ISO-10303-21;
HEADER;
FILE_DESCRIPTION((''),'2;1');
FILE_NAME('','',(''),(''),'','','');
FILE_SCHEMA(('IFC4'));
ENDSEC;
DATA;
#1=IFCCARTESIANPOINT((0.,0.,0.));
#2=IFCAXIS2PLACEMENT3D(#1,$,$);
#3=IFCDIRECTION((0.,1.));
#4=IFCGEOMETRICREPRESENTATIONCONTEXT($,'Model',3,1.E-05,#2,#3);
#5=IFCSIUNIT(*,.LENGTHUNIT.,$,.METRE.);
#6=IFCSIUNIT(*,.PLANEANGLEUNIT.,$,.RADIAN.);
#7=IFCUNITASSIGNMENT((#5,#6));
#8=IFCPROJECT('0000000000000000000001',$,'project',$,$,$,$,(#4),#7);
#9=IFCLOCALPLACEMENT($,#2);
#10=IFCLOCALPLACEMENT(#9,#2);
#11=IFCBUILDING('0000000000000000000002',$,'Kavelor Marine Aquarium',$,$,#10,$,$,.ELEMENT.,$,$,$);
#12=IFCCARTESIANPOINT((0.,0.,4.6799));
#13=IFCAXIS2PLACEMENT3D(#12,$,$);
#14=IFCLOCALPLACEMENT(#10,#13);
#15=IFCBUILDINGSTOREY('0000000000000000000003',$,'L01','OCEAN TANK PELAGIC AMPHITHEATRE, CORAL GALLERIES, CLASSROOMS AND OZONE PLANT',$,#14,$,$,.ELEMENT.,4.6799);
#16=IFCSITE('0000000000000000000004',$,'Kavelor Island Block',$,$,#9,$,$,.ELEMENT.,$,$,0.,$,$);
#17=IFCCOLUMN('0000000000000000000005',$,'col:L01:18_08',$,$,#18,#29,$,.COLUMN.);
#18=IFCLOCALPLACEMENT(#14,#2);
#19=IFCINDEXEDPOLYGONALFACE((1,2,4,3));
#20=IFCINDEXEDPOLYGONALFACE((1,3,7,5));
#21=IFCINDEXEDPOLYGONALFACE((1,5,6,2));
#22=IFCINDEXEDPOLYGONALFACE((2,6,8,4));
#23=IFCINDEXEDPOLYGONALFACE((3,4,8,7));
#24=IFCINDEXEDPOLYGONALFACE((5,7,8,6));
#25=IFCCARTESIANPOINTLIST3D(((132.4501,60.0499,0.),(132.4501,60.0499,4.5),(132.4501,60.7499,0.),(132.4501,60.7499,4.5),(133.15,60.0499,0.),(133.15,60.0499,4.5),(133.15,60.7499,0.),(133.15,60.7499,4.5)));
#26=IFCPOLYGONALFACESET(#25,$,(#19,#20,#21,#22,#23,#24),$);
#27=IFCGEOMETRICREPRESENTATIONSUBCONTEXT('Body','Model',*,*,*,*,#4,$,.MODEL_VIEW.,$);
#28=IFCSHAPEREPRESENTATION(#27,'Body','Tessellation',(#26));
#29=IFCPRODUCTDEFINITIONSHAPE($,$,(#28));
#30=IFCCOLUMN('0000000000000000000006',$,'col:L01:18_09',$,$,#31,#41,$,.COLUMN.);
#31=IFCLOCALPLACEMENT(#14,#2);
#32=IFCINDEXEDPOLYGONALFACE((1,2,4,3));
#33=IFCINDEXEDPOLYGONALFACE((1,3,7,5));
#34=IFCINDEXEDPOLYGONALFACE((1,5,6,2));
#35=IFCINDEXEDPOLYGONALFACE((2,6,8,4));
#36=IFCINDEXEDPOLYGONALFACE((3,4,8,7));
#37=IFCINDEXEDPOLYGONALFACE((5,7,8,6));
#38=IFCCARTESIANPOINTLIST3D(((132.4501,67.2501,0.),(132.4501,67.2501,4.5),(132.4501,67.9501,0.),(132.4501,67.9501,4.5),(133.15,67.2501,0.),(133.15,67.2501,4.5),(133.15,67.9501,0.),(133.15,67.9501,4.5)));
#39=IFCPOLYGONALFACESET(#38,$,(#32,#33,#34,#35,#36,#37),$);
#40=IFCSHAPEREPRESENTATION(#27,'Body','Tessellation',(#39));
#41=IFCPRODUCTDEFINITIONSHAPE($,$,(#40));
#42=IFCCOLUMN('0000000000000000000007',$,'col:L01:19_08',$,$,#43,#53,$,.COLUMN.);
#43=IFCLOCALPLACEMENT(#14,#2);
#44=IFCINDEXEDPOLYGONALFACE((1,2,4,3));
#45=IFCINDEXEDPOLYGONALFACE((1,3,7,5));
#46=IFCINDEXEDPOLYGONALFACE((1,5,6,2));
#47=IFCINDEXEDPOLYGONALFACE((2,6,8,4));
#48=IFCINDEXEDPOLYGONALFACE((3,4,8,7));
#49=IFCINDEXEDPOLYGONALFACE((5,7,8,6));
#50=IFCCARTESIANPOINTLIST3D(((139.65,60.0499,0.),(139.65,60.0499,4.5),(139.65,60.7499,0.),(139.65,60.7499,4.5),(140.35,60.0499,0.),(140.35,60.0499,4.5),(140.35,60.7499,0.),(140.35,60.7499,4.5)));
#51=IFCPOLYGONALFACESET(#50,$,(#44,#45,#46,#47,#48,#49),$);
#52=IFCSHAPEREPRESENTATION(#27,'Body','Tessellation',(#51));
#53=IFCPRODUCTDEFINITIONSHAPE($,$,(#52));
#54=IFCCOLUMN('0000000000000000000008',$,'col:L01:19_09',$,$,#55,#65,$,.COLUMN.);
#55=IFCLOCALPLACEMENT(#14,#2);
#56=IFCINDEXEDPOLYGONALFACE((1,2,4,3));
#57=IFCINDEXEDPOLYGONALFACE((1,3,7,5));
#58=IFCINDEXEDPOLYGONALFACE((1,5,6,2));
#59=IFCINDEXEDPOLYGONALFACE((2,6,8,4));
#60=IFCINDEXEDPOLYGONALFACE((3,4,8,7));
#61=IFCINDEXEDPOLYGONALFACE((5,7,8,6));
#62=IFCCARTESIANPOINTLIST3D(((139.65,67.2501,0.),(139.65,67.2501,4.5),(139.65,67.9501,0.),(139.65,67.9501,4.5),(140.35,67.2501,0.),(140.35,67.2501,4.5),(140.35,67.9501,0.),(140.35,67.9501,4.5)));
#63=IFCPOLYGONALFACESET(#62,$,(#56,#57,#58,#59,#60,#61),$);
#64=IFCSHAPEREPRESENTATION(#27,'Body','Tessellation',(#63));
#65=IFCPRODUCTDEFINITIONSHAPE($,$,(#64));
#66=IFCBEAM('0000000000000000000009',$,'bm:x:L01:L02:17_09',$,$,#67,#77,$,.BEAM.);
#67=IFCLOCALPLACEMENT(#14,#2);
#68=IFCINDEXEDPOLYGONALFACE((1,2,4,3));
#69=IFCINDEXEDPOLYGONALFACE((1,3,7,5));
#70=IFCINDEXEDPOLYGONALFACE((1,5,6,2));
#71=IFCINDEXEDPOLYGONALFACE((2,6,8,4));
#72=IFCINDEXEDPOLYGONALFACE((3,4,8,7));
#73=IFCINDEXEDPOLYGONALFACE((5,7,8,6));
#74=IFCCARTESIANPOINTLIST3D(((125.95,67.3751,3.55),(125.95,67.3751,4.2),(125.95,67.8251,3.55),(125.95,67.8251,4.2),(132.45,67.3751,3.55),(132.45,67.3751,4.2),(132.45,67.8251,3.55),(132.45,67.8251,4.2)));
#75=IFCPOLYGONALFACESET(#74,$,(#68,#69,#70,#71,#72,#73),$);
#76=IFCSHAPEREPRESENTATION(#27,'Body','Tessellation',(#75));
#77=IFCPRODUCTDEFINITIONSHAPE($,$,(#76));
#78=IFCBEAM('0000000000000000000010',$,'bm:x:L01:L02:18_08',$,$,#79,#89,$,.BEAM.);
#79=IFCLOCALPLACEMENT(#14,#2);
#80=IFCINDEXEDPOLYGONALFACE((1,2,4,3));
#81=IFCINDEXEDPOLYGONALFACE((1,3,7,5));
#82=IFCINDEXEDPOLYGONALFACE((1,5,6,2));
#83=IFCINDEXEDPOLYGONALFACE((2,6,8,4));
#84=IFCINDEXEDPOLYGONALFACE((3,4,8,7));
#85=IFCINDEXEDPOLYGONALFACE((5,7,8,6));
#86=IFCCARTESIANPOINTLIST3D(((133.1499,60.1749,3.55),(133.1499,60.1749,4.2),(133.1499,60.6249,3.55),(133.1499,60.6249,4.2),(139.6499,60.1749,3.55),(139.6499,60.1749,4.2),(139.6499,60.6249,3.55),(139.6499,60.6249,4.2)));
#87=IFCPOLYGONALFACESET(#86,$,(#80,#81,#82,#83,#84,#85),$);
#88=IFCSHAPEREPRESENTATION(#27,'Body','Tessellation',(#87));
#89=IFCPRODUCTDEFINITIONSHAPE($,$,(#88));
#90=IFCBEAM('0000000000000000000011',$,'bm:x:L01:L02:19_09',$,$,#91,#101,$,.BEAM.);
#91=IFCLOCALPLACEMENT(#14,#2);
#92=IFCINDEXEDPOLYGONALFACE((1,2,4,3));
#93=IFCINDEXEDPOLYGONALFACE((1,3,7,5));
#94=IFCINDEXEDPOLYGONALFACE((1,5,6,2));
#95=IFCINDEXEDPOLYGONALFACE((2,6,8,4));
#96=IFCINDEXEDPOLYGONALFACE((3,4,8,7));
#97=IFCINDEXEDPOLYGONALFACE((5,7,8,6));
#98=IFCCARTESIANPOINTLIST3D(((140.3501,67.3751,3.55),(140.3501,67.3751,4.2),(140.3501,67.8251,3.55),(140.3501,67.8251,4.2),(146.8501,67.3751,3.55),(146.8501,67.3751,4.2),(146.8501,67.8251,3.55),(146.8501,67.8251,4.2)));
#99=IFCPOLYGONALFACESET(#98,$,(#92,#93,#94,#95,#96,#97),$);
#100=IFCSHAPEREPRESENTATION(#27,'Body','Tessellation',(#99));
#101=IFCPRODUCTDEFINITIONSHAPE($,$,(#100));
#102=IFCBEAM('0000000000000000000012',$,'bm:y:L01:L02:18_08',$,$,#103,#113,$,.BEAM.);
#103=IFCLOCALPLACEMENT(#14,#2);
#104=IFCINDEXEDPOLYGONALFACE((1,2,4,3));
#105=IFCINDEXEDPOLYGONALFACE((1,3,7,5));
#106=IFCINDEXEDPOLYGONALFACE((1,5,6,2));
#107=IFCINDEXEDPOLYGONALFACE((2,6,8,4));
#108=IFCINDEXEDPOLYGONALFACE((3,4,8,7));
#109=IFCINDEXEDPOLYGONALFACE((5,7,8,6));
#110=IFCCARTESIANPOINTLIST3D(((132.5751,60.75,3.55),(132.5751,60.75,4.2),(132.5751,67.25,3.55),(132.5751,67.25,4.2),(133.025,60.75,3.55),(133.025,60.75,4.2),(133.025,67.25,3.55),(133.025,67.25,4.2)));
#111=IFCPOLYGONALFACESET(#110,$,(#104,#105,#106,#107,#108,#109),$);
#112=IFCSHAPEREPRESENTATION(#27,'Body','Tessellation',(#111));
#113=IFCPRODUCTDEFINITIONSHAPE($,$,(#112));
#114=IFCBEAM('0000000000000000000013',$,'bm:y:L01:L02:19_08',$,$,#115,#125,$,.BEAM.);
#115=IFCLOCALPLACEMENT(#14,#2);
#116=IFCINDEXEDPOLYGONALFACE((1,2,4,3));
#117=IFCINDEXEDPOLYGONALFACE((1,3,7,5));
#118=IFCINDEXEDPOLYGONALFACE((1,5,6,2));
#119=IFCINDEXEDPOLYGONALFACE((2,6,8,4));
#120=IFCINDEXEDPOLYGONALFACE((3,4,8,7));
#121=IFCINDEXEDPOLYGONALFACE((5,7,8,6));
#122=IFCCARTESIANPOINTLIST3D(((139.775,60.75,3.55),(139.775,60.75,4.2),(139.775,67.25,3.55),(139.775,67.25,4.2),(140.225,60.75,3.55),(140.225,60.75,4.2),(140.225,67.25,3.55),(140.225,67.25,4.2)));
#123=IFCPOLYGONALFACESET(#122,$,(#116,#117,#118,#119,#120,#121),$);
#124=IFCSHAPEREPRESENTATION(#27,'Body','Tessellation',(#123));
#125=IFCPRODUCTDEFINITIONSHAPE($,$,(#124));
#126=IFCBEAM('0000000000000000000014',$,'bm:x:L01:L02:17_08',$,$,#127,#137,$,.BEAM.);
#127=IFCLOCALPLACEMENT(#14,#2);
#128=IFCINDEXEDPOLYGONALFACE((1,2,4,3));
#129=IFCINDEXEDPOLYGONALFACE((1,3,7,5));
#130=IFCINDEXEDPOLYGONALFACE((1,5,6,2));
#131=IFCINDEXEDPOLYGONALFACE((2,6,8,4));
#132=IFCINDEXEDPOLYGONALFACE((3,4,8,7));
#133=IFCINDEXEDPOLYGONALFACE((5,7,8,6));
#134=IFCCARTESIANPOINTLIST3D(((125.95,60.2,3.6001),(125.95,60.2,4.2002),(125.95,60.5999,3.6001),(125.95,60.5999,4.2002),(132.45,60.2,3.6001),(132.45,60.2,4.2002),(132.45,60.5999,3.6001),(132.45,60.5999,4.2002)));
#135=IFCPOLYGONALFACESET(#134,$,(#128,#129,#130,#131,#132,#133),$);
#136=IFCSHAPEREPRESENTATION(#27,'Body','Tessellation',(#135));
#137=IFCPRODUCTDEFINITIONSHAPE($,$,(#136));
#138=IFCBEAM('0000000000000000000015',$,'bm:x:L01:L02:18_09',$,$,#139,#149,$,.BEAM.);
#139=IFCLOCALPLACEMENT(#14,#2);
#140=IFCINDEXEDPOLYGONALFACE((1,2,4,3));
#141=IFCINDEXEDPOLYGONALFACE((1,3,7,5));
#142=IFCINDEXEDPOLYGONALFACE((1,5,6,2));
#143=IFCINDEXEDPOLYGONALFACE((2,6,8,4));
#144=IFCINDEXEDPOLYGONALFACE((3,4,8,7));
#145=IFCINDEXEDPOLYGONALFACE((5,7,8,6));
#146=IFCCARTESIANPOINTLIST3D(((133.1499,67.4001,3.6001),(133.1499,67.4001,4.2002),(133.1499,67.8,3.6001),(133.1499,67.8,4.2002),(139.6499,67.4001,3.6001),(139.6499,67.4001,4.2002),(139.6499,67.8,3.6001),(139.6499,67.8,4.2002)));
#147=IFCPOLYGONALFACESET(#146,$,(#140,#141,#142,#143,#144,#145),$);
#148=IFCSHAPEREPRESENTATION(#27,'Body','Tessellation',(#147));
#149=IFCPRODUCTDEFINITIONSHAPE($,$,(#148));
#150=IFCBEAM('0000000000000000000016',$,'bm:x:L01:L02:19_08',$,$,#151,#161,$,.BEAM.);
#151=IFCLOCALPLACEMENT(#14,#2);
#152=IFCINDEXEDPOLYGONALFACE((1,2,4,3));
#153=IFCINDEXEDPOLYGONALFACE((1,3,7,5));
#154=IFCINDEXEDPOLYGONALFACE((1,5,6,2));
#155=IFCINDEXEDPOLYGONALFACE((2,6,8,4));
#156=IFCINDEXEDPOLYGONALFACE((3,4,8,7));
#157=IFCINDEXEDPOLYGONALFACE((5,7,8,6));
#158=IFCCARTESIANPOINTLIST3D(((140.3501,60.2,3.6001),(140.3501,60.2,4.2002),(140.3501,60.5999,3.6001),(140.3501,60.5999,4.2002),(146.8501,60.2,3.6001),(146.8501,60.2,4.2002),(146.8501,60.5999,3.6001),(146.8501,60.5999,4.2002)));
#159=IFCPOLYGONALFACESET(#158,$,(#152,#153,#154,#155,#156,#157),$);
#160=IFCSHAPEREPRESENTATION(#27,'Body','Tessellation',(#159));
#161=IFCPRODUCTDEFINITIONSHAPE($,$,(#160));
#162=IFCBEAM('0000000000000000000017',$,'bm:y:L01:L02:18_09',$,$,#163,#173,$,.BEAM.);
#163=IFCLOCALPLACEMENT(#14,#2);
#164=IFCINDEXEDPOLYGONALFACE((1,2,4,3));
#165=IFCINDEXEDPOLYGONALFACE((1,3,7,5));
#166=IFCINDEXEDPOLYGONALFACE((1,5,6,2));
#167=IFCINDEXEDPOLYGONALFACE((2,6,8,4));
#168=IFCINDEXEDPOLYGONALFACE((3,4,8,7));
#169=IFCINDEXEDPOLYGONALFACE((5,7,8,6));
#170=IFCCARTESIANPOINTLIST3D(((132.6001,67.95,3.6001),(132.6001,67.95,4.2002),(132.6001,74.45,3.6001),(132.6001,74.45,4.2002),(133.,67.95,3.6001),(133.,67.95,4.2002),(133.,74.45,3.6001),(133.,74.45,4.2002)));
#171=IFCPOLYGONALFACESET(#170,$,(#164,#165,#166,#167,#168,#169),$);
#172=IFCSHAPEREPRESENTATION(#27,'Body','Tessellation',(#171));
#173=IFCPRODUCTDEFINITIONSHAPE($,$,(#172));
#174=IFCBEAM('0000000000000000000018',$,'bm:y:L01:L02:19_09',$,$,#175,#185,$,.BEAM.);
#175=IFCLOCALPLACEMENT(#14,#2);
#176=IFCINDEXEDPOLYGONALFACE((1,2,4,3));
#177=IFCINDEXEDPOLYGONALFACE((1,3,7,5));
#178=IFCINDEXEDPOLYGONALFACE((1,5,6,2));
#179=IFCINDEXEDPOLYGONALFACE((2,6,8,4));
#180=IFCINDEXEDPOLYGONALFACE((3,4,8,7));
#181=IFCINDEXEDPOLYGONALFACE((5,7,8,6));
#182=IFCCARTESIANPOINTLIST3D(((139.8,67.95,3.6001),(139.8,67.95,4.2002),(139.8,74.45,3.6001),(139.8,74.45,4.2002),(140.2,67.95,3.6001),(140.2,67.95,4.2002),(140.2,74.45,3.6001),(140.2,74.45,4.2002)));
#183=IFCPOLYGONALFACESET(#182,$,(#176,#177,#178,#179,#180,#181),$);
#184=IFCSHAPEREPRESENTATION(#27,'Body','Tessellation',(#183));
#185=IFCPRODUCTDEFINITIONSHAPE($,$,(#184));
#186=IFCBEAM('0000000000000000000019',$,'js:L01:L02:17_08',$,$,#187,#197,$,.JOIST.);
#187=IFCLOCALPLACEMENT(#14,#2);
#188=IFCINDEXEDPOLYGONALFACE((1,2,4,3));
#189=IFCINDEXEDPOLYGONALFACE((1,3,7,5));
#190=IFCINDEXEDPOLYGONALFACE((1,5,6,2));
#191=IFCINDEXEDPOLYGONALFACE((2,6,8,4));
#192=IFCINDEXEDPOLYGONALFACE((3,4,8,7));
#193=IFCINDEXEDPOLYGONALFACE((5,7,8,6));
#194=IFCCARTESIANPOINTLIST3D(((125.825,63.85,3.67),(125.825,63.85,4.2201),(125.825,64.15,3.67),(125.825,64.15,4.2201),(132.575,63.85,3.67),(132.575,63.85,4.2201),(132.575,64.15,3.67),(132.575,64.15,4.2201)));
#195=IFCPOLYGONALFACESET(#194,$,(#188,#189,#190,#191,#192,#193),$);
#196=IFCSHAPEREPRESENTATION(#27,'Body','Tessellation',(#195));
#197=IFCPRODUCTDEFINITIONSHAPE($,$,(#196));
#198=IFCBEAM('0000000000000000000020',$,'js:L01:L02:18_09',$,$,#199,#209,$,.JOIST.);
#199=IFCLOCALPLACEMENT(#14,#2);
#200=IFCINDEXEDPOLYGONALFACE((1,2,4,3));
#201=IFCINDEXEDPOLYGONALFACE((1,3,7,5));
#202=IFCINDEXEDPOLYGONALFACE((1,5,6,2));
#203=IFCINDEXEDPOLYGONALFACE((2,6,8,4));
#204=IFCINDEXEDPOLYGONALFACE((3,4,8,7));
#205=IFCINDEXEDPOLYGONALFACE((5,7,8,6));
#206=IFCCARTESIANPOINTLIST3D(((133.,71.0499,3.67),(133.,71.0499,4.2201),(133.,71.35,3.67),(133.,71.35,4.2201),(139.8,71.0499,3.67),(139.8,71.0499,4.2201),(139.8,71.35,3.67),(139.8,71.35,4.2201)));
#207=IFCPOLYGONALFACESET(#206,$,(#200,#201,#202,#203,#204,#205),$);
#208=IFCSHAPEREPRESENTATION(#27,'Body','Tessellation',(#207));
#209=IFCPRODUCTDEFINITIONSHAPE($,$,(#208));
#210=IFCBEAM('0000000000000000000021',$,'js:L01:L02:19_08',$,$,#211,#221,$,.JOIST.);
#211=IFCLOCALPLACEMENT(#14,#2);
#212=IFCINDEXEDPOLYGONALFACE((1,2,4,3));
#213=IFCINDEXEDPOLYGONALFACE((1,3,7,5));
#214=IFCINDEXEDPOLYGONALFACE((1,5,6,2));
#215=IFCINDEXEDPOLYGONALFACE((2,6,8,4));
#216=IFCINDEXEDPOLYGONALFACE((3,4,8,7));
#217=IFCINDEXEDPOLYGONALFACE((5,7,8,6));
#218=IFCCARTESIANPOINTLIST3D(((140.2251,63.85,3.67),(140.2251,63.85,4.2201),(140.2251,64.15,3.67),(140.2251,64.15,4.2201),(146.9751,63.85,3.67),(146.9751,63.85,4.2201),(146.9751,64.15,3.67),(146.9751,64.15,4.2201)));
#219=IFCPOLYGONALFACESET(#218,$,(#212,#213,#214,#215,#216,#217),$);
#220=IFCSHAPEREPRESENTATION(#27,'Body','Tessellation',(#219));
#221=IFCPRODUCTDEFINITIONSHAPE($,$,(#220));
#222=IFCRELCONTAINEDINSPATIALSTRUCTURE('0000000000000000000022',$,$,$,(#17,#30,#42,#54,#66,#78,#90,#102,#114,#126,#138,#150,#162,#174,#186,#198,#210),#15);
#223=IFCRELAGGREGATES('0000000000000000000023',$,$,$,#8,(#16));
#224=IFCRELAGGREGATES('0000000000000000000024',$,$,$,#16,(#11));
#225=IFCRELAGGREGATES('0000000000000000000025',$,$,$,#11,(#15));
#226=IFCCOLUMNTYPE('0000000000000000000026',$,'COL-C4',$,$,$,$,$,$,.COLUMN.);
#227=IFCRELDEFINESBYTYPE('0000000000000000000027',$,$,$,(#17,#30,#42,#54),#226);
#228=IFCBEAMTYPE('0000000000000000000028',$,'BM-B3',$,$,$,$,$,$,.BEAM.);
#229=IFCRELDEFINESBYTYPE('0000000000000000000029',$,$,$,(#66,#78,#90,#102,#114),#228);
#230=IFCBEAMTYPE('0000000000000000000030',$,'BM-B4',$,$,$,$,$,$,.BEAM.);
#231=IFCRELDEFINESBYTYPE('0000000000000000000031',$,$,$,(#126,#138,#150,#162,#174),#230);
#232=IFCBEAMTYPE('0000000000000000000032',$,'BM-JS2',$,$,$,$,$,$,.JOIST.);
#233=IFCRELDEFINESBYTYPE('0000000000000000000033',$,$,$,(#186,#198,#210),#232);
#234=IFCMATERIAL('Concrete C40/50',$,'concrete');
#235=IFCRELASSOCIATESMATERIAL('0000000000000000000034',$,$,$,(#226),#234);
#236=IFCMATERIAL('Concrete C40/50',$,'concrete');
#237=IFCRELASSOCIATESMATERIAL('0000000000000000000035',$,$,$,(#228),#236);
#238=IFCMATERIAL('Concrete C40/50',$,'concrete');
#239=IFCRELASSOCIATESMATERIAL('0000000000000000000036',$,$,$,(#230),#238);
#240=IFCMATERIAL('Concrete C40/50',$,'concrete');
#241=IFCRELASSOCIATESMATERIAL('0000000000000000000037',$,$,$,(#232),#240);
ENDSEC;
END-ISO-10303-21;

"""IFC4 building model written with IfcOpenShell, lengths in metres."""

from ifc_helpers import new_model, si_unit, direction, frame, origin, origin_2d, place, context, subcontext, project, spatial, rectangle, extrude, material, material_profile, profile_set, type_object, element, save


model = new_model("IFC4")

# Units and contexts
model_context = context("Model", 3, precision=1e-05, world=origin(), true_north=direction((0.0, 1.0)))
body_context = subcontext(model_context, "Body", "Model", "MODEL_VIEW")
ifc_project = project(units=[si_unit("LENGTHUNIT", "METRE"), si_unit("PLANEANGLEUNIT", "RADIAN")], contexts=[model_context])

# Site, building, storey
site_placement = place(None, origin())
site = spatial("IfcSite", under=ifc_project, at=site_placement, Name="Kavelor Island Block", CompositionType="ELEMENT", RefElevation=0.0)
building_placement = place(site_placement, origin())
building = spatial("IfcBuilding", under=site, at=building_placement, Name="Kavelor Marine Aquarium", CompositionType="ELEMENT")
storey_placement = place(building_placement, frame((0.0, 0.0, 4.6799)))
storey = spatial("IfcBuildingStorey", under=building, at=storey_placement, Name="L01", Description="OCEAN TANK PELAGIC AMPHITHEATRE, CORAL GALLERIES, CLASSROOMS AND OZONE PLANT", CompositionType="ELEMENT", Elevation=4.6799)

# Columns
ifc_material_1 = material(Name="Concrete C40/50", Category="concrete")
ifc_material_profile_1 = material_profile(ifc_material_1, rectangle(XDim=0.7, YDim=0.7, at=origin_2d()), Name="RC-COL 700x700")
ifc_profile_set_1 = profile_set([ifc_material_profile_1], Name="Concrete C40/50")
column_type = type_object("IfcColumnType", Name="COL-C4", PredefinedType="COLUMN", material=ifc_profile_set_1)
for number, where, z_axis, x_axis, name in (
    (1, (132.8, 60.3999, 0.0), (0.0, 0.0, 1.0), (1.0, 0.0, 0.0), "col:L01:18_08"),
    (2, (132.8, 67.6001, 0.0), (0.0, 0.0, 1.0), (1.0, 0.0, 0.0), "col:L01:18_09"),
    (3, (140.0, 60.3999, 0.0), (0.0, 0.0, 1.0), (1.0, 0.0, 0.0), "col:L01:19_08"),
    (4, (140.0, 67.6001, 0.0), (0.0, 0.0, 1.0), (1.0, 0.0, 0.0), "col:L01:19_09"),
):
    element("IfcColumn", number, at=place(storey_placement, frame(where, z_axis=z_axis, x_axis=x_axis)), inside=storey, type_object=column_type, Name=name, PredefinedType="COLUMN", context=body_context, shape_type="SweptSolid", body=[
        extrude(rectangle(XDim=0.7, YDim=0.7, at=origin_2d()), origin(), (0.0, 0.0, 1.0), 4.5),
    ])

# Beams
ifc_material_2 = material(Name="Concrete C40/50", Category="concrete")
ifc_material_profile_2 = material_profile(ifc_material_2, rectangle(XDim=0.45, YDim=0.6499, at=origin_2d()), Name="RC-BM 450x650")
ifc_profile_set_2 = profile_set([ifc_material_profile_2], Name="Concrete C40/50")
beam_type_1 = type_object("IfcBeamType", Name="BM-B3", PredefinedType="BEAM", material=ifc_profile_set_2)
for number, where, z_axis, x_axis, name in (
    (5, (125.95, 67.6001, 3.875), (1.0, 0.0, 0.0), (0.0, 1.0, 0.0), "bm:x:L01:L02:17_09"),
    (6, (133.1499, 60.3999, 3.875), (1.0, 0.0, 0.0), (0.0, 1.0, 0.0), "bm:x:L01:L02:18_08"),
    (7, (140.3501, 67.6001, 3.875), (1.0, 0.0, 0.0), (0.0, 1.0, 0.0), "bm:x:L01:L02:19_09"),
    (8, (132.8, 60.75, 3.875), (0.0, 1.0, 0.0), (-1.0, 0.0, 0.0), "bm:y:L01:L02:18_08"),
    (9, (140.0, 60.75, 3.875), (0.0, 1.0, 0.0), (-1.0, 0.0, 0.0), "bm:y:L01:L02:19_08"),
):
    element("IfcBeam", number, at=place(storey_placement, frame(where, z_axis=z_axis, x_axis=x_axis)), inside=storey, type_object=beam_type_1, Name=name, PredefinedType="BEAM", context=body_context, shape_type="SweptSolid", body=[
        extrude(rectangle(XDim=0.45, YDim=0.6499, at=origin_2d()), origin(), (0.0, 0.0, 1.0), 6.5),
    ])
ifc_material_3 = material(Name="Concrete C40/50", Category="concrete")
ifc_material_profile_3 = material_profile(ifc_material_3, rectangle(XDim=0.3999, YDim=0.6001, at=origin_2d()), Name="RC-BM 400x600")
ifc_profile_set_3 = profile_set([ifc_material_profile_3], Name="Concrete C40/50")
beam_type_2 = type_object("IfcBeamType", Name="BM-B4", PredefinedType="BEAM", material=ifc_profile_set_3)
for number, where, z_axis, x_axis, name in (
    (10, (125.95, 60.3999, 3.9001), (1.0, 0.0, 0.0), (0.0, 1.0, 0.0), "bm:x:L01:L02:17_08"),
    (11, (133.1499, 67.6001, 3.9001), (1.0, 0.0, 0.0), (0.0, 1.0, 0.0), "bm:x:L01:L02:18_09"),
    (12, (140.3501, 60.3999, 3.9001), (1.0, 0.0, 0.0), (0.0, 1.0, 0.0), "bm:x:L01:L02:19_08"),
    (13, (132.8, 67.95, 3.9001), (0.0, 1.0, 0.0), (-1.0, 0.0, 0.0), "bm:y:L01:L02:18_09"),
    (14, (140.0, 67.95, 3.9001), (0.0, 1.0, 0.0), (-1.0, 0.0, 0.0), "bm:y:L01:L02:19_09"),
):
    element("IfcBeam", number, at=place(storey_placement, frame(where, z_axis=z_axis, x_axis=x_axis)), inside=storey, type_object=beam_type_2, Name=name, PredefinedType="BEAM", context=body_context, shape_type="SweptSolid", body=[
        extrude(rectangle(XDim=0.3999, YDim=0.6001, at=origin_2d()), origin(), (0.0, 0.0, 1.0), 6.5),
    ])
ifc_material_4 = material(Name="Concrete C40/50", Category="concrete")
ifc_material_profile_4 = material_profile(ifc_material_4, rectangle(XDim=0.3, YDim=0.55, at=origin_2d()), Name="RC-JS 300x550")
ifc_profile_set_4 = profile_set([ifc_material_profile_4], Name="Concrete C40/50")
beam_type_3 = type_object("IfcBeamType", Name="BM-JS2", PredefinedType="JOIST", material=ifc_profile_set_4)
beam_1_placement = place(storey_placement, frame((125.825, 64.0, 3.9451), z_axis=(1.0, 0.0, 0.0), x_axis=(0.0, 1.0, 0.0)))
element("IfcBeam", 15, at=beam_1_placement, inside=storey, type_object=beam_type_3, Name="js:L01:L02:17_08", PredefinedType="JOIST", context=body_context, shape_type="SweptSolid", body=[
    extrude(rectangle(XDim=0.3, YDim=0.55, at=origin_2d()), origin(), (0.0, 0.0, 1.0), 6.75),
])
beam_2_placement = place(storey_placement, frame((133.0, 71.2, 3.9451), z_axis=(1.0, 0.0, 0.0), x_axis=(0.0, 1.0, 0.0)))
element("IfcBeam", 16, at=beam_2_placement, inside=storey, type_object=beam_type_3, Name="js:L01:L02:18_09", PredefinedType="JOIST", context=body_context, shape_type="SweptSolid", body=[
    extrude(rectangle(XDim=0.3, YDim=0.55, at=origin_2d()), origin(), (0.0, 0.0, 1.0), 6.8),
])
beam_3_placement = place(storey_placement, frame((140.2251, 64.0, 3.9451), z_axis=(1.0, 0.0, 0.0), x_axis=(0.0, 1.0, 0.0)))
element("IfcBeam", 17, at=beam_3_placement, inside=storey, type_object=beam_type_3, Name="js:L01:L02:19_08", PredefinedType="JOIST", context=body_context, shape_type="SweptSolid", body=[
    extrude(rectangle(XDim=0.3, YDim=0.55, at=origin_2d()), origin(), (0.0, 0.0, 1.0), 6.75),
])

save(model, "model.ifc")
